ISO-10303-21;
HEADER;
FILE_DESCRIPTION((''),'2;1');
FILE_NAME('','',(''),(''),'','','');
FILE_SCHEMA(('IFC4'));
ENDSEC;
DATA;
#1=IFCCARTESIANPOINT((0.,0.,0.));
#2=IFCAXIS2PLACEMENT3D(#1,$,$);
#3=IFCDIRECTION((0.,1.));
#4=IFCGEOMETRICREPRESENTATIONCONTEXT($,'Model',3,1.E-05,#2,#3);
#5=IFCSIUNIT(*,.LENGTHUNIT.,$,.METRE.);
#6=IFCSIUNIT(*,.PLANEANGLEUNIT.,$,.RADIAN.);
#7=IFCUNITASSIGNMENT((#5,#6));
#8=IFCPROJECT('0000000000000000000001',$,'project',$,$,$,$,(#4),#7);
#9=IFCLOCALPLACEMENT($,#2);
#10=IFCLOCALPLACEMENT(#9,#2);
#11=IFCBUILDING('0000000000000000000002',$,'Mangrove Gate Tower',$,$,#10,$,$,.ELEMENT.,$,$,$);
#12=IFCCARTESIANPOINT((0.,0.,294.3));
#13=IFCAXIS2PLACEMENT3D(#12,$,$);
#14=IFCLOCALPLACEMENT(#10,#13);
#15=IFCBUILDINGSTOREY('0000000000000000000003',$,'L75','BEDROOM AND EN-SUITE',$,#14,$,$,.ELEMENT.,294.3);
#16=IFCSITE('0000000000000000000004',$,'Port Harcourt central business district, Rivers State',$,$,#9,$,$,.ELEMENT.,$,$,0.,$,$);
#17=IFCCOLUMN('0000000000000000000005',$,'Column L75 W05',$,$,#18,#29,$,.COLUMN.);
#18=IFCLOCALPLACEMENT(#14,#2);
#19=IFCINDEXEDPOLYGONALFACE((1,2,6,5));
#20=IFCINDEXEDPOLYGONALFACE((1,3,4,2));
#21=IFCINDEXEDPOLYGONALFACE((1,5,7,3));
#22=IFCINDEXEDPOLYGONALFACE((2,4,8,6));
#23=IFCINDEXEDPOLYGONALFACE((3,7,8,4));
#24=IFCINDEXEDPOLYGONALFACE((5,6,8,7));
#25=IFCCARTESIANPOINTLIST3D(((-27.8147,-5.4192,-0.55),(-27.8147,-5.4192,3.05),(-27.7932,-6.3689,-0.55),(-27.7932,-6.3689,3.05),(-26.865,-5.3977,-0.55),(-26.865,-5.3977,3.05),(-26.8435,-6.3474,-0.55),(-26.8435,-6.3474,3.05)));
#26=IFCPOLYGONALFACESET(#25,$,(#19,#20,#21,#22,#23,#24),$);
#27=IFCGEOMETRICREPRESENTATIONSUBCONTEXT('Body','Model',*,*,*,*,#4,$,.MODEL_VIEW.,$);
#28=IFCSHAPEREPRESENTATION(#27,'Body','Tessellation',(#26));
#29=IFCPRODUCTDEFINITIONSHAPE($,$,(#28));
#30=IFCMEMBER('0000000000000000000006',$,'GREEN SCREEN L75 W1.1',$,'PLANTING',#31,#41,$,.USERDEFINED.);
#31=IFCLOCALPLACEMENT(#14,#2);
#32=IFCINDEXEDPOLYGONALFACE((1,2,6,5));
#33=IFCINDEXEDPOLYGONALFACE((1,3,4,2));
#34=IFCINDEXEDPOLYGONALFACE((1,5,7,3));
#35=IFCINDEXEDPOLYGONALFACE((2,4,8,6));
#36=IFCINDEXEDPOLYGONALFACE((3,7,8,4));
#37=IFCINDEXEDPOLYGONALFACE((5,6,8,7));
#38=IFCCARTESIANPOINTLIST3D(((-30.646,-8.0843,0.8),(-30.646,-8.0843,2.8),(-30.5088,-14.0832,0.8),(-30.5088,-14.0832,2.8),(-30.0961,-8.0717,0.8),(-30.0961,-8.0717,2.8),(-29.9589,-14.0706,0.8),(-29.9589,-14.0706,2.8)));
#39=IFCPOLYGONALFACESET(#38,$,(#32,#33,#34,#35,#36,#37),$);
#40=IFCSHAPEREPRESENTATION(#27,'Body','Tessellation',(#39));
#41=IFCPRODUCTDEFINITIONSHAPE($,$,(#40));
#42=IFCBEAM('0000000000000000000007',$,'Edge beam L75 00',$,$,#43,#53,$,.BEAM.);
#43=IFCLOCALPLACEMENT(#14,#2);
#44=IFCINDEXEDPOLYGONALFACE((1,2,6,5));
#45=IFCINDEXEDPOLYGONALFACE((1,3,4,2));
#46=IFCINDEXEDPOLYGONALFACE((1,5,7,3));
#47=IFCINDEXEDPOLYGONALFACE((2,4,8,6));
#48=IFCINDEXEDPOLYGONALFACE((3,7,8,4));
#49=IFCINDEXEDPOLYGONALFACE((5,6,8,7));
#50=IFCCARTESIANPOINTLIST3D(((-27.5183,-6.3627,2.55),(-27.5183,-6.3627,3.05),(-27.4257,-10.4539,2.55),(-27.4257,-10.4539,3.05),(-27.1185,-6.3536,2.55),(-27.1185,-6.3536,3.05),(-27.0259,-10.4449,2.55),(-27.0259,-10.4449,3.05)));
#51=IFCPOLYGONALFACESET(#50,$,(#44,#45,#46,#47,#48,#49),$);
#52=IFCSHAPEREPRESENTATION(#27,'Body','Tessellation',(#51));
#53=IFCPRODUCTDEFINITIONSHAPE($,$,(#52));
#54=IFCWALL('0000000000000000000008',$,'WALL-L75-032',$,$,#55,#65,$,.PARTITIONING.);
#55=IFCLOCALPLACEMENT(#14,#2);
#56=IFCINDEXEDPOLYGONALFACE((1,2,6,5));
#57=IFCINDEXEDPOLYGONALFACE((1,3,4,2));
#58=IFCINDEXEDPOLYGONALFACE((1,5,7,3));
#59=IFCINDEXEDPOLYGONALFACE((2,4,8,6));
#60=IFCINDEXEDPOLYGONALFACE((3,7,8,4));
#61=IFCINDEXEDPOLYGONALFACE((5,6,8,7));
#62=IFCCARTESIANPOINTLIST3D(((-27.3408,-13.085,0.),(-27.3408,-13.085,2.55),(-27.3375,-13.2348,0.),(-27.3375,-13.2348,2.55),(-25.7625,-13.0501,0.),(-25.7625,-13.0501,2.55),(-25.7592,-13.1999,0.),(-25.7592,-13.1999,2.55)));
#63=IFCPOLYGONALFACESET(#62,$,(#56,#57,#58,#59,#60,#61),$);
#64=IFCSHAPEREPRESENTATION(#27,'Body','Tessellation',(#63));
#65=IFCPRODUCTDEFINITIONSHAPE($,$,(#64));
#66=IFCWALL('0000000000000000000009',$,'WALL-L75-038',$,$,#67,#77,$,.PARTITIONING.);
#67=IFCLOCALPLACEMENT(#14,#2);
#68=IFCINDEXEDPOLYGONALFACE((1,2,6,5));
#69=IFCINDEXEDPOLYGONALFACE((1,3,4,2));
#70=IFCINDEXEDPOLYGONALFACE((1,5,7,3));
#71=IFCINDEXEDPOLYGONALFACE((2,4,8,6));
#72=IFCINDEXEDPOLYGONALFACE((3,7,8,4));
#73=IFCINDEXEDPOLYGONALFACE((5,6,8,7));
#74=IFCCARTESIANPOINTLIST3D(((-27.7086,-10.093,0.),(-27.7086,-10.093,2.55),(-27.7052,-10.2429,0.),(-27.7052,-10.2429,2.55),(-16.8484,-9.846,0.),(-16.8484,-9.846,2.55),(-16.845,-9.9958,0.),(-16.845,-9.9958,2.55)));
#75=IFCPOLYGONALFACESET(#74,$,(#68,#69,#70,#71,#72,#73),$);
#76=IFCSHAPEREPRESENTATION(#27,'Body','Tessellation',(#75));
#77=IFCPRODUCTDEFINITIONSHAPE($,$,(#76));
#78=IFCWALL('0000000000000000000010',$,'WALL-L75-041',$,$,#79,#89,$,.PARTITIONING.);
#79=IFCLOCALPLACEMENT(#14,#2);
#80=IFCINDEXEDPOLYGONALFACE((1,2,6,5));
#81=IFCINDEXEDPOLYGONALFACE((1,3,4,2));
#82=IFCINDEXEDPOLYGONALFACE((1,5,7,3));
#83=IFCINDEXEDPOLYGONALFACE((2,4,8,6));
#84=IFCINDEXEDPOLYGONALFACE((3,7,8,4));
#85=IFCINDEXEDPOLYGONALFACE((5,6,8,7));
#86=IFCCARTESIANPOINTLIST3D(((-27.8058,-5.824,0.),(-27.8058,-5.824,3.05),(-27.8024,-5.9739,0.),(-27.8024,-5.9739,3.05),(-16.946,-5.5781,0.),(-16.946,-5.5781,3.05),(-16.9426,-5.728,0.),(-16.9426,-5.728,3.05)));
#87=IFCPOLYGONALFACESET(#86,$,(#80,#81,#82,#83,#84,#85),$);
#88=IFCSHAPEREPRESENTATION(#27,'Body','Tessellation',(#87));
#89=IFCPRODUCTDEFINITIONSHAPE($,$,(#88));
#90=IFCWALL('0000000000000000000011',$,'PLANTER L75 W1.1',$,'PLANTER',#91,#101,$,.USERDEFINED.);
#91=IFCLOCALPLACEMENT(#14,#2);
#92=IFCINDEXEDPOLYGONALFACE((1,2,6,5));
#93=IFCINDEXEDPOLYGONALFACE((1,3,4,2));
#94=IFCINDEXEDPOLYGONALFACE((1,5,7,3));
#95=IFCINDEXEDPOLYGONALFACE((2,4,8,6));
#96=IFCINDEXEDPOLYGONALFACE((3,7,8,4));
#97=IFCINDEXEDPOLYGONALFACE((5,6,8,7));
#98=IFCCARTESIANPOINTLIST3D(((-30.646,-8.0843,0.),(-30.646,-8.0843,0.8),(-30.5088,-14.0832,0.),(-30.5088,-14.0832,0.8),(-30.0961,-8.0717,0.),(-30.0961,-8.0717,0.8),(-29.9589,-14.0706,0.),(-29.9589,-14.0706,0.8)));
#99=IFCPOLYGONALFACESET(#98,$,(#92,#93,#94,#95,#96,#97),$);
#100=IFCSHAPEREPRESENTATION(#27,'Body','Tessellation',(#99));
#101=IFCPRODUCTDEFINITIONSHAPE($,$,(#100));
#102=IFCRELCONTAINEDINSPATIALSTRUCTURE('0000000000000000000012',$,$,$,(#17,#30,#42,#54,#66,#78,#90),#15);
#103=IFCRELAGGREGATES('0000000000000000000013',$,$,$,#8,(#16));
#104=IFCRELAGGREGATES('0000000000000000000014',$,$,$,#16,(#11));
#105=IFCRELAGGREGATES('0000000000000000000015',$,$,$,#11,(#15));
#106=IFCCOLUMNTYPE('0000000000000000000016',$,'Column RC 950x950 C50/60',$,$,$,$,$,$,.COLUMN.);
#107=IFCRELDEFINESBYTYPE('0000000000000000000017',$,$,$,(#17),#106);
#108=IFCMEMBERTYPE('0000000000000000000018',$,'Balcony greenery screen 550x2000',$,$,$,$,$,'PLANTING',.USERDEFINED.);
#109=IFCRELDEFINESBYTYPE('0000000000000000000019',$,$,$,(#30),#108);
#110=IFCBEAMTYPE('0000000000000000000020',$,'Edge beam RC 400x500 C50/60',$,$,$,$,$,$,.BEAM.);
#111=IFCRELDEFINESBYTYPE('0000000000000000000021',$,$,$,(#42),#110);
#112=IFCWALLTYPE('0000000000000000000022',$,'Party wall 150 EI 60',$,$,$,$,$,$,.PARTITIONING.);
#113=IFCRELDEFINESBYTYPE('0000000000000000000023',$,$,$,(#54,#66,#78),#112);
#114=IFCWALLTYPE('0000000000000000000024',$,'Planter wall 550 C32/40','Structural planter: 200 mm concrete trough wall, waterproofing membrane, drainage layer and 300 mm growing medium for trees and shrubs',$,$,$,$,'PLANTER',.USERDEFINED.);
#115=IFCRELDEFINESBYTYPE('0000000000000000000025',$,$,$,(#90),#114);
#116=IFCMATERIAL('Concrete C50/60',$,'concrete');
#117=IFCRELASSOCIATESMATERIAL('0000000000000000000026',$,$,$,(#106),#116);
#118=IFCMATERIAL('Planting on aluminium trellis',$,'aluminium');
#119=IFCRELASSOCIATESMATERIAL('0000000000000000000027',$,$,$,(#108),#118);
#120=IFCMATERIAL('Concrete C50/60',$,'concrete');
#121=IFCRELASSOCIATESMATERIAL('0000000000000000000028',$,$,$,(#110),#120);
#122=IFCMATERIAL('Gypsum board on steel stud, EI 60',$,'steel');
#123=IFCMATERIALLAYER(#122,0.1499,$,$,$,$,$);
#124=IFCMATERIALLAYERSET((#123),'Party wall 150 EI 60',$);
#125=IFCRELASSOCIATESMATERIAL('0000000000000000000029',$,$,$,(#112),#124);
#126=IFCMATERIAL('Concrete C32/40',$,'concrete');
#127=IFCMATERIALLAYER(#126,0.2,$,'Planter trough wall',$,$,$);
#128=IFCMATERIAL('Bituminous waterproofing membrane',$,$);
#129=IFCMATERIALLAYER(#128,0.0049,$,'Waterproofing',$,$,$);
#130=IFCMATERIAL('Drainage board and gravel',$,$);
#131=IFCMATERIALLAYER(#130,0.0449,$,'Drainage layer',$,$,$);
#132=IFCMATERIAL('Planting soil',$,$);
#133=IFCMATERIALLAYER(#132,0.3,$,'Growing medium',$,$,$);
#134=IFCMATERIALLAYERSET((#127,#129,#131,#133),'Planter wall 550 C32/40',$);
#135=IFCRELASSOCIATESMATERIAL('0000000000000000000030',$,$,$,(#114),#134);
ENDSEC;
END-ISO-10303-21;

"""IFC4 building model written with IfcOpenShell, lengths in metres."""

from ifc_helpers import new_model, si_unit, direction, frame, frame_2d, origin, origin_2d, place, context, subcontext, project, spatial, rectangle, extrude, material, layer, layer_set, material_profile, profile_set, type_object, element, save


model = new_model("IFC4")

# Units and contexts
model_context = context("Model", 3, precision=1e-05, world=origin(), true_north=direction((0.0, 1.0)))
body_context = subcontext(model_context, "Body", "Model", "MODEL_VIEW")
ifc_project = project(units=[si_unit("LENGTHUNIT", "METRE"), si_unit("PLANEANGLEUNIT", "RADIAN")], contexts=[model_context])

# Site, building, storey
site_placement = place(None, origin())
site = spatial("IfcSite", under=ifc_project, at=site_placement, Name="Port Harcourt central business district, Rivers State", CompositionType="ELEMENT", RefElevation=0.0)
building_placement = place(site_placement, origin())
building = spatial("IfcBuilding", under=site, at=building_placement, Name="Mangrove Gate Tower", CompositionType="ELEMENT")
storey_placement = place(building_placement, frame((0.0, 0.0, 294.3)))
storey = spatial("IfcBuildingStorey", under=building, at=storey_placement, Name="L75", Description="BEDROOM AND EN-SUITE", CompositionType="ELEMENT", Elevation=294.3)

# Column
ifc_material_1 = material(Name="Concrete C50/60", Category="concrete")
ifc_material_profile_1 = material_profile(ifc_material_1, rectangle(XDim=0.95, YDim=0.95, at=origin_2d()))
ifc_profile_set_1 = profile_set([ifc_material_profile_1], Name="Concrete C50/60")
column_type = type_object("IfcColumnType", Name="Column RC 950x950 C50/60", PredefinedType="COLUMN", material=ifc_profile_set_1)
column_placement = place(storey_placement, frame((-27.3291, -5.8833, -0.55), z_axis=(0.0, 0.0, 1.0), x_axis=(0.022668, -0.999743, 0.0)))
element("IfcColumn", 1, at=column_placement, inside=storey, type_object=column_type, Name="Column L75 W05", PredefinedType="COLUMN", context=body_context, shape_type="SweptSolid", body=[
    extrude(rectangle(XDim=0.95, YDim=0.95, at=origin_2d()), origin(), (0.0, 0.0, 1.0), 3.6001),
])

# Member
ifc_material_2 = material(Name="Planting on aluminium trellis", Category="aluminium")
ifc_material_profile_2 = material_profile(ifc_material_2, rectangle(XDim=0.55, YDim=2.0, at=origin_2d()))
ifc_profile_set_2 = profile_set([ifc_material_profile_2], Name="Planting on aluminium trellis")
member_type = type_object("IfcMemberType", Name="Balcony greenery screen 550x2000", ElementType="PLANTING", PredefinedType="USERDEFINED", material=ifc_profile_set_2)
member_placement = place(storey_placement, frame((-30.2339, -14.0769, 1.8), z_axis=(-0.022866, 0.999739, 0.0), x_axis=(-0.999739, -0.022866, 0.0)))
element("IfcMember", 2, at=member_placement, inside=storey, type_object=member_type, Name="GREEN SCREEN L75 W1.1", ObjectType="PLANTING", PredefinedType="USERDEFINED", context=body_context, shape_type="SweptSolid", body=[
    extrude(rectangle(XDim=0.55, YDim=2.0, at=origin_2d()), origin(), (0.0, 0.0, 1.0), 6.0005),
])

# Beam
ifc_material_3 = material(Name="Concrete C50/60", Category="concrete")
ifc_material_profile_3 = material_profile(ifc_material_3, rectangle(XDim=0.3999, YDim=0.5, at=origin_2d()))
ifc_profile_set_3 = profile_set([ifc_material_profile_3], Name="Concrete C50/60")
beam_type = type_object("IfcBeamType", Name="Edge beam RC 400x500 C50/60", PredefinedType="BEAM", material=ifc_profile_set_3)
beam_placement = place(storey_placement, frame((-27.3184, -6.3582, 2.8), z_axis=(0.02261, -0.999744, 0.0), x_axis=(0.999744, 0.02261, 0.0)))
element("IfcBeam", 3, at=beam_placement, inside=storey, type_object=beam_type, Name="Edge beam L75 00", PredefinedType="BEAM", context=body_context, shape_type="SweptSolid", body=[
    extrude(rectangle(XDim=0.3999, YDim=0.5, at=origin_2d()), origin(), (0.0, 0.0, 1.0), 4.0923),
])

# Walls
ifc_material_4 = material(Name="Gypsum board on steel stud, EI 60", Category="steel")
ifc_layer_1 = layer(ifc_material_4, 0.1499)
ifc_layer_set_1 = layer_set([ifc_layer_1], Name="Party wall 150 EI 60")
wall_type_1 = type_object("IfcWallType", Name="Party wall 150 EI 60", PredefinedType="PARTITIONING", material=ifc_layer_set_1)
wall_1_placement = place(storey_placement, frame((-27.3391, -13.1599, 0.0), z_axis=(0.0, 0.0, 1.0), x_axis=(0.999755, 0.022117, 0.0)))
element("IfcWall", 4, at=wall_1_placement, inside=storey, type_object=wall_type_1, Name="WALL-L75-032", PredefinedType="PARTITIONING", context=body_context, shape_type="SweptSolid", body=[
    extrude(rectangle(XDim=1.5786, YDim=0.1499, at=frame_2d((0.7893, 0.0))), origin(), (0.0, 0.0, 1.0), 2.55),
])
wall_2_placement = place(storey_placement, frame((-27.707, -10.168, 0.0), z_axis=(0.0, 0.0, 1.0), x_axis=(0.999741, 0.022744, 0.0)))
element("IfcWall", 5, at=wall_2_placement, inside=storey, type_object=wall_type_1, Name="WALL-L75-038", PredefinedType="PARTITIONING", context=body_context, shape_type="SweptSolid", body=[
    extrude(rectangle(XDim=10.863, YDim=0.1499, at=frame_2d((5.4316, 0.0))), origin(), (0.0, 0.0, 1.0), 2.55),
])
wall_3_placement = place(storey_placement, frame((-27.804, -5.8989, 0.0), z_axis=(0.0, 0.0, 1.0), x_axis=(0.999744, 0.022633, 0.0)))
element("IfcWall", 6, at=wall_3_placement, inside=storey, type_object=wall_type_1, Name="WALL-L75-041", PredefinedType="PARTITIONING", context=body_context, shape_type="SweptSolid", body=[
    extrude(rectangle(XDim=10.8625, YDim=0.1499, at=frame_2d((5.4312, 0.0))), origin(), (0.0, 0.0, 1.0), 3.05),
])
ifc_material_5 = material(Name="Concrete C32/40", Category="concrete")
ifc_layer_2 = layer(ifc_material_5, 0.2, Name="Planter trough wall")
ifc_material_6 = material(Name="Bituminous waterproofing membrane")
ifc_layer_3 = layer(ifc_material_6, 0.0049, Name="Waterproofing")
ifc_material_7 = material(Name="Drainage board and gravel")
ifc_layer_4 = layer(ifc_material_7, 0.0449, Name="Drainage layer")
ifc_material_8 = material(Name="Planting soil")
ifc_layer_5 = layer(ifc_material_8, 0.3, Name="Growing medium")
ifc_layer_set_2 = layer_set([ifc_layer_2, ifc_layer_3, ifc_layer_4, ifc_layer_5], Name="Planter wall 550 C32/40")
wall_type_2 = type_object("IfcWallType", Name="Planter wall 550 C32/40", Description="Structural planter: 200 mm concrete trough wall, waterproofing membrane, drainage layer and 300 mm growing medium for trees and shrubs", ElementType="PLANTER", PredefinedType="USERDEFINED", material=ifc_layer_set_2)
wall_4_placement = place(storey_placement, frame((-30.2339, -14.0769, 0.0), z_axis=(0.0, 0.0, 1.0), x_axis=(-0.022866, 0.999739, 0.0)))
element("IfcWall", 7, at=wall_4_placement, inside=storey, type_object=wall_type_2, Name="PLANTER L75 W1.1", ObjectType="PLANTER", PredefinedType="USERDEFINED", context=body_context, shape_type="SweptSolid", body=[
    extrude(rectangle(XDim=6.0005, YDim=0.55, at=frame_2d((3.0002, 0.0))), origin(), (0.0, 0.0, 1.0), 0.8),
])

save(model, "model.ifc")
